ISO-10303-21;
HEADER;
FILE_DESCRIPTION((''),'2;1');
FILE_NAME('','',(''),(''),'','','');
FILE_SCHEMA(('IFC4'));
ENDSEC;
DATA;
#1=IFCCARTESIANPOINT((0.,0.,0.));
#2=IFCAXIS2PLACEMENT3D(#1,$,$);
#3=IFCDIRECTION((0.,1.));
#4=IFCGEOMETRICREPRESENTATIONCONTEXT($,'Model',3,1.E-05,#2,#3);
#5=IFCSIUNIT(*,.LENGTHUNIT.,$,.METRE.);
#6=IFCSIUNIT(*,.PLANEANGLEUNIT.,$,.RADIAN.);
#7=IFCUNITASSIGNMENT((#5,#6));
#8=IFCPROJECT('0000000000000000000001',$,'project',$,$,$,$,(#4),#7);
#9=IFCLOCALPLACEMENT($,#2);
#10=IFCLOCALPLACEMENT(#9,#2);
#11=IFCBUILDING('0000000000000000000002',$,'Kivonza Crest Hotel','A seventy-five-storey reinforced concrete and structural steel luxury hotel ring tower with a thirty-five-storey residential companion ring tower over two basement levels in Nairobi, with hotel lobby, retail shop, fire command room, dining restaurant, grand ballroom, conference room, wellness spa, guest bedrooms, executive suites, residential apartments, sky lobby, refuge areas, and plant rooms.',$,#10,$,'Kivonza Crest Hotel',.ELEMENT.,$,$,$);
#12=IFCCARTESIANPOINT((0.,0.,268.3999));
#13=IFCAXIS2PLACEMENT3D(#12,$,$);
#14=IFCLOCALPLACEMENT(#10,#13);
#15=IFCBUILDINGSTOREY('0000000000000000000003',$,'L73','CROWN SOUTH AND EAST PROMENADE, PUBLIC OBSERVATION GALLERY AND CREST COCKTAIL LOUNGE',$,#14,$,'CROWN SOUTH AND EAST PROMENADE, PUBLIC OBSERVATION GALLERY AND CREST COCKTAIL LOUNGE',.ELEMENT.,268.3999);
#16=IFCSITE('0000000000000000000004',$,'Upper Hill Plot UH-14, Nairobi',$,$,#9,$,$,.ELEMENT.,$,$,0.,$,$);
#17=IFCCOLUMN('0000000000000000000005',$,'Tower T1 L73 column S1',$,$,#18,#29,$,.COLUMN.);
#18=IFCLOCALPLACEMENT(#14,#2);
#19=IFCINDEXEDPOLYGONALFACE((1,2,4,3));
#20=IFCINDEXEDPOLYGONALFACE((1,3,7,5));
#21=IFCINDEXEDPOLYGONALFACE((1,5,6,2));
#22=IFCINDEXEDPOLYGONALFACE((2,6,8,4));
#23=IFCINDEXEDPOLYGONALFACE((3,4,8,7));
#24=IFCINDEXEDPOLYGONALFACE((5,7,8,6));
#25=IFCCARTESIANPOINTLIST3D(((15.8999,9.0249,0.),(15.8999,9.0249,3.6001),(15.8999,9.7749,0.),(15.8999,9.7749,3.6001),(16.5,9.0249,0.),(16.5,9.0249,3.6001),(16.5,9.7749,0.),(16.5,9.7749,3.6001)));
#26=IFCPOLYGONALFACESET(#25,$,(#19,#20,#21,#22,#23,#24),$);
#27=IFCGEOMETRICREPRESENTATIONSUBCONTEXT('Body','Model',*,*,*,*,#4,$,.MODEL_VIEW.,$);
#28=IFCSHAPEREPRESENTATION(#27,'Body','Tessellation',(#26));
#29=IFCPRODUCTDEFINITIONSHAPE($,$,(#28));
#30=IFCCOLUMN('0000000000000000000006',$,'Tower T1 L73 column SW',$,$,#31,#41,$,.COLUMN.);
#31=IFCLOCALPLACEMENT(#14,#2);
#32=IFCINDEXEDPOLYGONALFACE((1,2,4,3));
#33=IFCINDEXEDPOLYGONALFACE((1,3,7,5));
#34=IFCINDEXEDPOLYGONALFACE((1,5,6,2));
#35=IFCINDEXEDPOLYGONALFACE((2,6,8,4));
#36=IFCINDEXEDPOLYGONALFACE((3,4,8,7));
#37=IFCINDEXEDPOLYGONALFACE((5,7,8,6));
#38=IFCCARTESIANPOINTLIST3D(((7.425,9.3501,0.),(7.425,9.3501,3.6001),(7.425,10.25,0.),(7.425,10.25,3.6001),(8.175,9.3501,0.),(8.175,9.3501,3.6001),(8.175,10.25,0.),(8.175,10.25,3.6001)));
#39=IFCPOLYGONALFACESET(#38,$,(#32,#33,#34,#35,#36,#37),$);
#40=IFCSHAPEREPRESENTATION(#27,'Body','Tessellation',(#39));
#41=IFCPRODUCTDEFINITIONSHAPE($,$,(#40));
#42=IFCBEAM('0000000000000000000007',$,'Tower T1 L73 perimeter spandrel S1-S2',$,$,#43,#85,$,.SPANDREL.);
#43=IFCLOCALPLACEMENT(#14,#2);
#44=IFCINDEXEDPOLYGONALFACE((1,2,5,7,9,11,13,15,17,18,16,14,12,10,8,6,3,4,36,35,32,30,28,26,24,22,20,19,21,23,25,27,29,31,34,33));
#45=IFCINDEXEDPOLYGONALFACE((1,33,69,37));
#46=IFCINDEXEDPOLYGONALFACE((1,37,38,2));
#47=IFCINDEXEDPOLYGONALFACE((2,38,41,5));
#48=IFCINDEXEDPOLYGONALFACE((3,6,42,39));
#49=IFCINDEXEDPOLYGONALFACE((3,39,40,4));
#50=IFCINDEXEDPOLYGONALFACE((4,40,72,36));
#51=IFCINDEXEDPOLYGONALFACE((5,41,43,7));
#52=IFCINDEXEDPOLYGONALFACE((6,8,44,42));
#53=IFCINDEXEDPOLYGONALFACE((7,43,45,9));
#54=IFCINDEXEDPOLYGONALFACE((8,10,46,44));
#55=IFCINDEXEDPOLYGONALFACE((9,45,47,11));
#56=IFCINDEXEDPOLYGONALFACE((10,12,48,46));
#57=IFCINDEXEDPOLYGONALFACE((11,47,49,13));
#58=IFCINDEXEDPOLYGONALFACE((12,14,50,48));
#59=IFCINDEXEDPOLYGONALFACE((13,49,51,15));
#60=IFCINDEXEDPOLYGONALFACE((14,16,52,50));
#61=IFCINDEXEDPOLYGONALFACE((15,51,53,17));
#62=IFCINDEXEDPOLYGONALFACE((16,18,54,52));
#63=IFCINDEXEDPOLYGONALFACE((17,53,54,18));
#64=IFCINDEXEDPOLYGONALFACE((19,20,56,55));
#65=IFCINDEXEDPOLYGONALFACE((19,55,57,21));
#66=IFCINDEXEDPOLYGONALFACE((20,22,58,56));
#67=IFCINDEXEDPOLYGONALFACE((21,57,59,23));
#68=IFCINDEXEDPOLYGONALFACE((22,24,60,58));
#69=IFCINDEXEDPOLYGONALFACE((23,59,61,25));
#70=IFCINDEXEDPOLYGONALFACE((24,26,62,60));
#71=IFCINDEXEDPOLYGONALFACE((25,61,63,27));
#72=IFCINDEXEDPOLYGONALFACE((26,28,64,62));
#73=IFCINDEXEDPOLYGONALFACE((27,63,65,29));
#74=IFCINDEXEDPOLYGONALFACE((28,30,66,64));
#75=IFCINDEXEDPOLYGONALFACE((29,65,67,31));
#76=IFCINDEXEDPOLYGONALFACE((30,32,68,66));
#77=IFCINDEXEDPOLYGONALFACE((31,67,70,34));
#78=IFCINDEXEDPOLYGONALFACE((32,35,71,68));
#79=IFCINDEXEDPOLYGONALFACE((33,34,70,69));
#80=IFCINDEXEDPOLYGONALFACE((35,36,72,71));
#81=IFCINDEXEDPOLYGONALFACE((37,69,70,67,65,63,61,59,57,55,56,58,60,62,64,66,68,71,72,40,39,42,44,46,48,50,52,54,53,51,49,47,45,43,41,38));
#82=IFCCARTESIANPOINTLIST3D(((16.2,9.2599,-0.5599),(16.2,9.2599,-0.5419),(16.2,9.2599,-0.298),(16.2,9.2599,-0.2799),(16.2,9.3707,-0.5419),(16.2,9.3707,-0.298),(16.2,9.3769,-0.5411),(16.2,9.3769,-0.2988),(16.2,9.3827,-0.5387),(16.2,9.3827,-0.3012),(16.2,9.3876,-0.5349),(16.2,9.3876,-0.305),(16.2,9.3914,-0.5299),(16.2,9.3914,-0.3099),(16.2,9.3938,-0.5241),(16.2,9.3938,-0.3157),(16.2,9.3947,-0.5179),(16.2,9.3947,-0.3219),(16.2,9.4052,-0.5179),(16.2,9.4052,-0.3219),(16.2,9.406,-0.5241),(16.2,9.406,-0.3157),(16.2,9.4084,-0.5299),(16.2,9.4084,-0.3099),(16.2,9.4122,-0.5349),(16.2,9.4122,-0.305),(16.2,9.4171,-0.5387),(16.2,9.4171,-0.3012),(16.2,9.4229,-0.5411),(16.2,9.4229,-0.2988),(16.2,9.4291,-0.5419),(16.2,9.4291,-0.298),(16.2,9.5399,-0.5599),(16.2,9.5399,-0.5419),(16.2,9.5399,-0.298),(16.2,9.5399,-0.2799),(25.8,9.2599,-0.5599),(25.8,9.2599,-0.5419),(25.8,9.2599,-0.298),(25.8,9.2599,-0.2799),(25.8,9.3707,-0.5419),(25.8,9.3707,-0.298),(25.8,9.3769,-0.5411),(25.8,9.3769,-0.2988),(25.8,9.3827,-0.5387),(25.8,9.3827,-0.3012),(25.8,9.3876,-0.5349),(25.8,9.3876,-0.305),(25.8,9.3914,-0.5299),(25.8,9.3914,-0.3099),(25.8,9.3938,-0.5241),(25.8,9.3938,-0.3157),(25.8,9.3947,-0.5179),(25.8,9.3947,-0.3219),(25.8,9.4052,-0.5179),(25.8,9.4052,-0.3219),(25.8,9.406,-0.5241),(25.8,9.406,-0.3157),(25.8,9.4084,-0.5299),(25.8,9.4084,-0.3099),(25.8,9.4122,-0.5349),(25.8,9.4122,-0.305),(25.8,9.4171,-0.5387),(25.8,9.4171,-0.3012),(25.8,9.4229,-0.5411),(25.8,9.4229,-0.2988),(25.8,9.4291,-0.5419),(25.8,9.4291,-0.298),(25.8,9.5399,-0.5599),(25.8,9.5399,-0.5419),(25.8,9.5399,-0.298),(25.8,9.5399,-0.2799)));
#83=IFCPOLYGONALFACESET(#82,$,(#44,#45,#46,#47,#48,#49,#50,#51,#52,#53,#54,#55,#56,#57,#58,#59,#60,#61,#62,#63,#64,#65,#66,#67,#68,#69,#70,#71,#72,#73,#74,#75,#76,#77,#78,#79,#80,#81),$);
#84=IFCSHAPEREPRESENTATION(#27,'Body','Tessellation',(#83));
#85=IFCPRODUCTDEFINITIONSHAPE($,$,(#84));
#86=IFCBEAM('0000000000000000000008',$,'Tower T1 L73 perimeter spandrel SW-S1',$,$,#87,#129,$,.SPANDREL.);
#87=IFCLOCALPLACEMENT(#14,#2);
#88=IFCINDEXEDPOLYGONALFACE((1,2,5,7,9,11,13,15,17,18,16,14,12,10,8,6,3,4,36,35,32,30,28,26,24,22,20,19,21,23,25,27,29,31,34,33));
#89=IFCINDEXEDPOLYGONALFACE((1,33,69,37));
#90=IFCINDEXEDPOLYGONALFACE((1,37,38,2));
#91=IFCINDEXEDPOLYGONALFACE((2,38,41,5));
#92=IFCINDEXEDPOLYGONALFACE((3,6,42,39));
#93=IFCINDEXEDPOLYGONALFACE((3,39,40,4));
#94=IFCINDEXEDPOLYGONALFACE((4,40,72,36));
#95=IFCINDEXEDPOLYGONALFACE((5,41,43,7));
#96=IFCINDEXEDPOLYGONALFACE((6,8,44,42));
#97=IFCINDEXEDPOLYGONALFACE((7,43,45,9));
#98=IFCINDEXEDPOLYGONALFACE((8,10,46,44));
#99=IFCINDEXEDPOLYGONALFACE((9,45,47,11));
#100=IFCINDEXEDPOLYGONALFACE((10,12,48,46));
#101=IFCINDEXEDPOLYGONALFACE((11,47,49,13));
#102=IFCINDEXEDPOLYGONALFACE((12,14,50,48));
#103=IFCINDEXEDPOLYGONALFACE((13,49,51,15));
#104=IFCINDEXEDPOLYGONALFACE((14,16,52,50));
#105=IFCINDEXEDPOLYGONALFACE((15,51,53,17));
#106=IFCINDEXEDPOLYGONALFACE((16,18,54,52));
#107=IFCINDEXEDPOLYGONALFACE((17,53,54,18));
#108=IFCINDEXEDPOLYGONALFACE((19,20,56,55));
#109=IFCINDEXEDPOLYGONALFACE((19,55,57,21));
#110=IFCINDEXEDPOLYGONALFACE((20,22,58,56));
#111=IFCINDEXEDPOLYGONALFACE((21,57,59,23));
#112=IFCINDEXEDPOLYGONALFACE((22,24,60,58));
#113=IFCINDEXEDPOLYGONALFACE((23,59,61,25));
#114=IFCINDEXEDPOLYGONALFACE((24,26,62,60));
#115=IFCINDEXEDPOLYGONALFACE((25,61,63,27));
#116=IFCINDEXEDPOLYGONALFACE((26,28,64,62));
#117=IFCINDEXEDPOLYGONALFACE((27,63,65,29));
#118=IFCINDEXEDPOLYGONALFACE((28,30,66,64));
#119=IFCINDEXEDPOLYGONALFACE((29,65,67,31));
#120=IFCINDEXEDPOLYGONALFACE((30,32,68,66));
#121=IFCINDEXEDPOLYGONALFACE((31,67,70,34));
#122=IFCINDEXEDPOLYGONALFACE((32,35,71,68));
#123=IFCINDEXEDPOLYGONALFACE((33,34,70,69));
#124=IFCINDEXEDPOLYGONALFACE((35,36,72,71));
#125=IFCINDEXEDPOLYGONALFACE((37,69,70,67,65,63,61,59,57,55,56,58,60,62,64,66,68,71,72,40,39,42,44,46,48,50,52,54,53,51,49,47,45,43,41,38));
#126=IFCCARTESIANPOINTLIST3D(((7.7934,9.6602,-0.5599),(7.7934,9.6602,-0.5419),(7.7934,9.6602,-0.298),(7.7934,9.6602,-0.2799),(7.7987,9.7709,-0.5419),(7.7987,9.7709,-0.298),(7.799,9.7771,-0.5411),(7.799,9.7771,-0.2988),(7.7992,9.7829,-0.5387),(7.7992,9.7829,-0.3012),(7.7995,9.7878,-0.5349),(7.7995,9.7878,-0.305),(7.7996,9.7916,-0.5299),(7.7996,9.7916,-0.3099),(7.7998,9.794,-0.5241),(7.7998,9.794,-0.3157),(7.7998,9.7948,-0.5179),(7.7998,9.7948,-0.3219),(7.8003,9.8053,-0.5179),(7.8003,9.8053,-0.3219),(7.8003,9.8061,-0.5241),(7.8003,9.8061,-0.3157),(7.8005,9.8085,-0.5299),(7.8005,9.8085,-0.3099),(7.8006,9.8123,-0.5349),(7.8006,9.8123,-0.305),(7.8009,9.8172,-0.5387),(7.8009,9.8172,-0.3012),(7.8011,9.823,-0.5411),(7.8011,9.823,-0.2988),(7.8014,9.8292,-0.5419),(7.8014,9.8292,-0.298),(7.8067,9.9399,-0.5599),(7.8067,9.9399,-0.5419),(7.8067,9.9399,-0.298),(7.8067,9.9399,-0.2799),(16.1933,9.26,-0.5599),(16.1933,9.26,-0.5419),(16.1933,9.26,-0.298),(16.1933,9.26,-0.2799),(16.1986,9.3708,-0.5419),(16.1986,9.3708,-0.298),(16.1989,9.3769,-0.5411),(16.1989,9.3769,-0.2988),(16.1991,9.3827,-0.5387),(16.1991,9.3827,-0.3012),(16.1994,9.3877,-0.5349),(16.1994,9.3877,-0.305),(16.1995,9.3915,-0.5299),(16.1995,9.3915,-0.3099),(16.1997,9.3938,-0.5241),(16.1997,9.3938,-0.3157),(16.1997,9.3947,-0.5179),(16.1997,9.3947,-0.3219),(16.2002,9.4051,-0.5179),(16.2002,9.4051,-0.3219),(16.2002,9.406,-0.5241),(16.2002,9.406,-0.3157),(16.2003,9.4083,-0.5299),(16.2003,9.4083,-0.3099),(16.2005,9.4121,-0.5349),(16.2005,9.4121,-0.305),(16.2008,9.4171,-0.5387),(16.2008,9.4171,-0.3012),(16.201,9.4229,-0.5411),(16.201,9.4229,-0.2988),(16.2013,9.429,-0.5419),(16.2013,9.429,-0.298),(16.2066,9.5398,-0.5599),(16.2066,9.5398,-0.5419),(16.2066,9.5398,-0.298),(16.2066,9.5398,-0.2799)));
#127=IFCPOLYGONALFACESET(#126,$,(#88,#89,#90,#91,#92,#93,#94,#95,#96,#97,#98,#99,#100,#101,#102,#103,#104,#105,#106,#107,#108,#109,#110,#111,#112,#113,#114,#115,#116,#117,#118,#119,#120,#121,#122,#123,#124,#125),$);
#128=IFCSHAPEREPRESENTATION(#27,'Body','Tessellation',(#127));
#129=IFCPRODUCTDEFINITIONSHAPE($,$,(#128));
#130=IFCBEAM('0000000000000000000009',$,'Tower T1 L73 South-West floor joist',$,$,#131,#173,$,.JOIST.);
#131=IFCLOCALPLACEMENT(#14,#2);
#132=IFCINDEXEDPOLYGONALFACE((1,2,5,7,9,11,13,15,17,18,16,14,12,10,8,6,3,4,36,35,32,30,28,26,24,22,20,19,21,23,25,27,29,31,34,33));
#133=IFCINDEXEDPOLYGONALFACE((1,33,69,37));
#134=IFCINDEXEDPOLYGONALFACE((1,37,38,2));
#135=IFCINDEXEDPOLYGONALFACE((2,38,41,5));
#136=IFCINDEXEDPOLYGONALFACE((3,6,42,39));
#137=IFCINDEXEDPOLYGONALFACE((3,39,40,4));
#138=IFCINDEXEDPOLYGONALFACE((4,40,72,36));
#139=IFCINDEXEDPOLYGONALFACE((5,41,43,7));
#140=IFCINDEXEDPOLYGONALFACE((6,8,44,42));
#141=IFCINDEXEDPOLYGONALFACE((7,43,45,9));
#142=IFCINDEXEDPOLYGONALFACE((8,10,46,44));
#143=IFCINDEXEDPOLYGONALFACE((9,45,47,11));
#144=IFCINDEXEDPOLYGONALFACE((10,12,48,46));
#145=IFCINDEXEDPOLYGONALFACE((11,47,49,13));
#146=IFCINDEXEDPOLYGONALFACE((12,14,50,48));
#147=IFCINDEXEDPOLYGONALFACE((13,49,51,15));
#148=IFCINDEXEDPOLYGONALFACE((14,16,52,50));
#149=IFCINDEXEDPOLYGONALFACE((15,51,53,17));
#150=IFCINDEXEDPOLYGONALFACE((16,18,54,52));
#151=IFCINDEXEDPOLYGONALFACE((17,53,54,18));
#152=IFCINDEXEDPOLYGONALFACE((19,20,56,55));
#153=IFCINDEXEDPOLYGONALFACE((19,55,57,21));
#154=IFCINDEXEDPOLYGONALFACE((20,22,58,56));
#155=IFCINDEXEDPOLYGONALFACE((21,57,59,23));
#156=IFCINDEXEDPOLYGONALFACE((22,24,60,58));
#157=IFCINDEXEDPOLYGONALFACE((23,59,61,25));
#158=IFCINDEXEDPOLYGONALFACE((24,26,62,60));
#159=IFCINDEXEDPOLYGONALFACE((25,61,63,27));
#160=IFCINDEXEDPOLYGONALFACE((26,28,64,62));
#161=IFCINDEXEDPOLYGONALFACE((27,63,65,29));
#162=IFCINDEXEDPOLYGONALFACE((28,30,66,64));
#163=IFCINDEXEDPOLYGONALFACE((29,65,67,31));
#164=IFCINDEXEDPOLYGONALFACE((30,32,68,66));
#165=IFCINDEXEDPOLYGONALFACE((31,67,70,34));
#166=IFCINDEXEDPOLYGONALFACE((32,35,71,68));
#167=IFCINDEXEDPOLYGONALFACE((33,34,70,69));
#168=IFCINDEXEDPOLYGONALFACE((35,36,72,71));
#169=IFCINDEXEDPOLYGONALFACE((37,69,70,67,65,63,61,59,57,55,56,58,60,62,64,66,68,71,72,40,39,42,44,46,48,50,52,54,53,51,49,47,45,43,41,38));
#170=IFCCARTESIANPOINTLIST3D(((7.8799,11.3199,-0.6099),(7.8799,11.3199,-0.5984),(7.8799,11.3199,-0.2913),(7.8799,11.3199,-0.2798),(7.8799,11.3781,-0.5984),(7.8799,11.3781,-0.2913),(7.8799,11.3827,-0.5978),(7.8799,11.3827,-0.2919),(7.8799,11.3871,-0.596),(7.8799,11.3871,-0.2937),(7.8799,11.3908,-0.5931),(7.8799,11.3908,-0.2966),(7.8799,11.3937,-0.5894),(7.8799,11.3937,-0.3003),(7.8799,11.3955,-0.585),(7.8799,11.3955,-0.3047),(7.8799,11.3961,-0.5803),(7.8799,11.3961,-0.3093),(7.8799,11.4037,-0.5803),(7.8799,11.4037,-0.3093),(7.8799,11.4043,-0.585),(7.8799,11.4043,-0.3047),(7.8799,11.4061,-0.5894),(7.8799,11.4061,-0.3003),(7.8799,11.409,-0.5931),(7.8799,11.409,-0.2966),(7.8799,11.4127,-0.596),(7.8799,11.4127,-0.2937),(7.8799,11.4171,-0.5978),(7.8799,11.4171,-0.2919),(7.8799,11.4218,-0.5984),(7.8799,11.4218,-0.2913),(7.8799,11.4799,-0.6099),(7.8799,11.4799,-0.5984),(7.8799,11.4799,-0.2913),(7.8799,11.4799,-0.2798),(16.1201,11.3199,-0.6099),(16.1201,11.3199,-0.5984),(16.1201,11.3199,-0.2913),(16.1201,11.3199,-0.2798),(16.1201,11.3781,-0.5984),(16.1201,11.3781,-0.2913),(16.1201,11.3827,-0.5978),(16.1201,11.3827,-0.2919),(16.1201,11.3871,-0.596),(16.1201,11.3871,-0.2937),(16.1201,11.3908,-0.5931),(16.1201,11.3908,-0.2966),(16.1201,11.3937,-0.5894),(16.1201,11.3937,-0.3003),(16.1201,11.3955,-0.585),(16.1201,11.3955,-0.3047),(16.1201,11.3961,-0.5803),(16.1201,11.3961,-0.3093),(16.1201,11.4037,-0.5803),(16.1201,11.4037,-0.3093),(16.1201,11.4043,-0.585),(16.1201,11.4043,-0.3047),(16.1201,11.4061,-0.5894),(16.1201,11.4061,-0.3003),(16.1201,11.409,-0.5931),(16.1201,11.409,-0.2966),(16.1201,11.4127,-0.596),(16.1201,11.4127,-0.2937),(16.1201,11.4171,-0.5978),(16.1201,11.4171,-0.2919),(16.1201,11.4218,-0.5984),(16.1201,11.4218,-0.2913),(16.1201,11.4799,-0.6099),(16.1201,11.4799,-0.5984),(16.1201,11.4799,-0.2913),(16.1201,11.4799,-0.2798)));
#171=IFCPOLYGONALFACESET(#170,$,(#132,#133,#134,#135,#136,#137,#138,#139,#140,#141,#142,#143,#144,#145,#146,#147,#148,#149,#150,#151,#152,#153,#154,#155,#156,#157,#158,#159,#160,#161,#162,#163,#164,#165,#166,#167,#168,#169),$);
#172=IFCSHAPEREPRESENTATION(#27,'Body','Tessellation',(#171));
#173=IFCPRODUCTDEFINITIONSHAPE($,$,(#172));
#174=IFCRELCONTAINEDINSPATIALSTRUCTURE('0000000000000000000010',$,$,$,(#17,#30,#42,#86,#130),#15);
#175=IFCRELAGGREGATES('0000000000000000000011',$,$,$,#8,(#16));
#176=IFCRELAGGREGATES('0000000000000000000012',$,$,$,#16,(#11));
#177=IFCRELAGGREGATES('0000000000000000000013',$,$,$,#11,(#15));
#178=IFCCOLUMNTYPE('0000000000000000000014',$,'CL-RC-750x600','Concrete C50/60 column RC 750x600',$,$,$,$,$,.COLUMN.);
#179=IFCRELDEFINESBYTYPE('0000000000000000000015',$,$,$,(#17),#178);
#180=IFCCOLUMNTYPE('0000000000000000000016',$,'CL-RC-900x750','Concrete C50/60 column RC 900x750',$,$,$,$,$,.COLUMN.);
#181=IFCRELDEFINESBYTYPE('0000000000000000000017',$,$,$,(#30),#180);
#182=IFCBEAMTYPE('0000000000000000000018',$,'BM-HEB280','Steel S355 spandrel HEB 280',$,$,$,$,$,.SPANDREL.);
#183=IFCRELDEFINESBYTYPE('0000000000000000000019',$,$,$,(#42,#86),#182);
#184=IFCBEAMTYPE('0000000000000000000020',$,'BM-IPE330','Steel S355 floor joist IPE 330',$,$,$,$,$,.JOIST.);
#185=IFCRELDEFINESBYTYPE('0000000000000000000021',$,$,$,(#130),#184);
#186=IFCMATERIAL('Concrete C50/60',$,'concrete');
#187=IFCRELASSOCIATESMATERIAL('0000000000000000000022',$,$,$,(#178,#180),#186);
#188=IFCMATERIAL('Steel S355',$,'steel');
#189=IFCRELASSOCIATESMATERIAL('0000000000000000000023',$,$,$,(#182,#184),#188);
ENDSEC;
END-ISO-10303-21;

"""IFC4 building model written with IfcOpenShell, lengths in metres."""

from ifc_helpers import new_model, si_unit, direction, frame, origin, origin_2d, place, context, subcontext, project, spatial, rectangle, i_section, extrude, material, material_profile, profile_set, type_object, element, save


model = new_model("IFC4")

# Units and contexts
model_context = context("Model", 3, precision=1e-05, world=origin(), true_north=direction((0.0, 1.0)))
body_context = subcontext(model_context, "Body", "Model", "MODEL_VIEW")
ifc_project = project(units=[si_unit("LENGTHUNIT", "METRE"), si_unit("PLANEANGLEUNIT", "RADIAN")], contexts=[model_context])

# Site, building, storey
site_placement = place(None, origin())
site = spatial("IfcSite", under=ifc_project, at=site_placement, Name="Upper Hill Plot UH-14, Nairobi", CompositionType="ELEMENT", RefElevation=0.0)
building_placement = place(site_placement, origin())
building = spatial("IfcBuilding", under=site, at=building_placement, Name="Kivonza Crest Hotel", Description="A seventy-five-storey reinforced concrete and structural steel luxury hotel ring tower with a thirty-five-storey residential companion ring tower over two basement levels in Nairobi, with hotel lobby, retail shop, fire command room, dining restaurant, grand ballroom, conference room, wellness spa, guest bedrooms, executive suites, residential apartments, sky lobby, refuge areas, and plant rooms.", LongName="Kivonza Crest Hotel", CompositionType="ELEMENT")
storey_placement = place(building_placement, frame((0.0, 0.0, 268.3999)))
storey = spatial("IfcBuildingStorey", under=building, at=storey_placement, Name="L73", Description="CROWN SOUTH AND EAST PROMENADE, PUBLIC OBSERVATION GALLERY AND CREST COCKTAIL LOUNGE", LongName="CROWN SOUTH AND EAST PROMENADE, PUBLIC OBSERVATION GALLERY AND CREST COCKTAIL LOUNGE", CompositionType="ELEMENT", Elevation=268.3999)

# Columns
ifc_material_1 = material(Name="Concrete C50/60", Category="concrete")
ifc_material_profile_1 = material_profile(ifc_material_1, rectangle(XDim=0.6001, YDim=0.75, at=origin_2d()), Name="RC 750x600")
ifc_profile_set_1 = profile_set([ifc_material_profile_1], Name="Concrete C50/60")
column_type_1 = type_object("IfcColumnType", Name="CL-RC-750x600", Description="Concrete C50/60 column RC 750x600", PredefinedType="COLUMN", material=ifc_profile_set_1)
column_1_placement = place(storey_placement, frame((16.2, 9.3999, 0.0), z_axis=(0.0, 0.0, 1.0), x_axis=(1.0, 0.0, 0.0)))
element("IfcColumn", 1, at=column_1_placement, inside=storey, type_object=column_type_1, Name="Tower T1 L73 column S1", PredefinedType="COLUMN", context=body_context, shape_type="SweptSolid", body=[
    extrude(rectangle(XDim=0.6001, YDim=0.75, at=origin_2d()), origin(), (0.0, 0.0, 1.0), 3.6001),
])
ifc_material_profile_2 = material_profile(ifc_material_1, rectangle(XDim=0.75, YDim=0.8999, at=origin_2d()), Name="RC 900x750")
ifc_profile_set_2 = profile_set([ifc_material_profile_2], Name="Concrete C50/60")
column_type_2 = type_object("IfcColumnType", Name="CL-RC-900x750", Description="Concrete C50/60 column RC 900x750", PredefinedType="COLUMN", material=ifc_profile_set_2)
column_2_placement = place(storey_placement, frame((7.8, 9.8, 0.0), z_axis=(0.0, 0.0, 1.0), x_axis=(1.0, 0.0, 0.0)))
element("IfcColumn", 2, at=column_2_placement, inside=storey, type_object=column_type_2, Name="Tower T1 L73 column SW", PredefinedType="COLUMN", context=body_context, shape_type="SweptSolid", body=[
    extrude(rectangle(XDim=0.75, YDim=0.8999, at=origin_2d()), origin(), (0.0, 0.0, 1.0), 3.6001),
])

# Beams
ifc_material_2 = material(Name="Steel S355", Category="steel")
ifc_material_profile_3 = material_profile(ifc_material_2, i_section(OverallWidth=0.28, OverallDepth=0.28, WebThickness=0.0105, FlangeThickness=0.0181, FilletRadius=0.0239, at=origin_2d()), Name="HEB 280")
ifc_profile_set_3 = profile_set([ifc_material_profile_3], Name="Steel S355")
beam_type_1 = type_object("IfcBeamType", Name="BM-HEB280", Description="Steel S355 spandrel HEB 280", PredefinedType="SPANDREL", material=ifc_profile_set_3)
beam_1_placement = place(storey_placement, frame((16.2, 9.3999, -0.4199), z_axis=(1.0, 0.0, 0.0), x_axis=(0.0, 1.0, 0.0)))
element("IfcBeam", 3, at=beam_1_placement, inside=storey, type_object=beam_type_1, Name="Tower T1 L73 perimeter spandrel S1-S2", PredefinedType="SPANDREL", context=body_context, shape_type="SweptSolid", body=[
    extrude(i_section(OverallWidth=0.28, OverallDepth=0.28, WebThickness=0.0105, FlangeThickness=0.0181, FilletRadius=0.0239, at=origin_2d()), origin(), (0.0, 0.0, 1.0), 9.6001),
])
beam_2_placement = place(storey_placement, frame((7.8, 9.8, -0.4199), z_axis=(0.998867, -0.047583, 0.0), x_axis=(0.047583, 0.998867, 0.0)))
element("IfcBeam", 4, at=beam_2_placement, inside=storey, type_object=beam_type_1, Name="Tower T1 L73 perimeter spandrel SW-S1", PredefinedType="SPANDREL", context=body_context, shape_type="SweptSolid", body=[
    extrude(i_section(OverallWidth=0.28, OverallDepth=0.28, WebThickness=0.0105, FlangeThickness=0.0181, FilletRadius=0.0239, at=origin_2d()), origin(), (0.0, 0.0, 1.0), 8.4094),
])
ifc_material_profile_4 = material_profile(ifc_material_2, i_section(OverallWidth=0.1599, OverallDepth=0.3301, WebThickness=0.0076, FlangeThickness=0.0115, FilletRadius=0.0181, at=origin_2d()), Name="IPE 330")
ifc_profile_set_4 = profile_set([ifc_material_profile_4], Name="Steel S355")
beam_type_2 = type_object("IfcBeamType", Name="BM-IPE330", Description="Steel S355 floor joist IPE 330", PredefinedType="JOIST", material=ifc_profile_set_4)
beam_3_placement = place(storey_placement, frame((7.8799, 11.3999, -0.4448), z_axis=(1.0, 0.0, 0.0), x_axis=(0.0, 1.0, 0.0)))
element("IfcBeam", 5, at=beam_3_placement, inside=storey, type_object=beam_type_2, Name="Tower T1 L73 South-West floor joist", PredefinedType="JOIST", context=body_context, shape_type="SweptSolid", body=[
    extrude(i_section(OverallWidth=0.1599, OverallDepth=0.3301, WebThickness=0.0076, FlangeThickness=0.0115, FilletRadius=0.0181, at=origin_2d()), origin(), (0.0, 0.0, 1.0), 8.2402),
])

save(model, "model.ifc")
